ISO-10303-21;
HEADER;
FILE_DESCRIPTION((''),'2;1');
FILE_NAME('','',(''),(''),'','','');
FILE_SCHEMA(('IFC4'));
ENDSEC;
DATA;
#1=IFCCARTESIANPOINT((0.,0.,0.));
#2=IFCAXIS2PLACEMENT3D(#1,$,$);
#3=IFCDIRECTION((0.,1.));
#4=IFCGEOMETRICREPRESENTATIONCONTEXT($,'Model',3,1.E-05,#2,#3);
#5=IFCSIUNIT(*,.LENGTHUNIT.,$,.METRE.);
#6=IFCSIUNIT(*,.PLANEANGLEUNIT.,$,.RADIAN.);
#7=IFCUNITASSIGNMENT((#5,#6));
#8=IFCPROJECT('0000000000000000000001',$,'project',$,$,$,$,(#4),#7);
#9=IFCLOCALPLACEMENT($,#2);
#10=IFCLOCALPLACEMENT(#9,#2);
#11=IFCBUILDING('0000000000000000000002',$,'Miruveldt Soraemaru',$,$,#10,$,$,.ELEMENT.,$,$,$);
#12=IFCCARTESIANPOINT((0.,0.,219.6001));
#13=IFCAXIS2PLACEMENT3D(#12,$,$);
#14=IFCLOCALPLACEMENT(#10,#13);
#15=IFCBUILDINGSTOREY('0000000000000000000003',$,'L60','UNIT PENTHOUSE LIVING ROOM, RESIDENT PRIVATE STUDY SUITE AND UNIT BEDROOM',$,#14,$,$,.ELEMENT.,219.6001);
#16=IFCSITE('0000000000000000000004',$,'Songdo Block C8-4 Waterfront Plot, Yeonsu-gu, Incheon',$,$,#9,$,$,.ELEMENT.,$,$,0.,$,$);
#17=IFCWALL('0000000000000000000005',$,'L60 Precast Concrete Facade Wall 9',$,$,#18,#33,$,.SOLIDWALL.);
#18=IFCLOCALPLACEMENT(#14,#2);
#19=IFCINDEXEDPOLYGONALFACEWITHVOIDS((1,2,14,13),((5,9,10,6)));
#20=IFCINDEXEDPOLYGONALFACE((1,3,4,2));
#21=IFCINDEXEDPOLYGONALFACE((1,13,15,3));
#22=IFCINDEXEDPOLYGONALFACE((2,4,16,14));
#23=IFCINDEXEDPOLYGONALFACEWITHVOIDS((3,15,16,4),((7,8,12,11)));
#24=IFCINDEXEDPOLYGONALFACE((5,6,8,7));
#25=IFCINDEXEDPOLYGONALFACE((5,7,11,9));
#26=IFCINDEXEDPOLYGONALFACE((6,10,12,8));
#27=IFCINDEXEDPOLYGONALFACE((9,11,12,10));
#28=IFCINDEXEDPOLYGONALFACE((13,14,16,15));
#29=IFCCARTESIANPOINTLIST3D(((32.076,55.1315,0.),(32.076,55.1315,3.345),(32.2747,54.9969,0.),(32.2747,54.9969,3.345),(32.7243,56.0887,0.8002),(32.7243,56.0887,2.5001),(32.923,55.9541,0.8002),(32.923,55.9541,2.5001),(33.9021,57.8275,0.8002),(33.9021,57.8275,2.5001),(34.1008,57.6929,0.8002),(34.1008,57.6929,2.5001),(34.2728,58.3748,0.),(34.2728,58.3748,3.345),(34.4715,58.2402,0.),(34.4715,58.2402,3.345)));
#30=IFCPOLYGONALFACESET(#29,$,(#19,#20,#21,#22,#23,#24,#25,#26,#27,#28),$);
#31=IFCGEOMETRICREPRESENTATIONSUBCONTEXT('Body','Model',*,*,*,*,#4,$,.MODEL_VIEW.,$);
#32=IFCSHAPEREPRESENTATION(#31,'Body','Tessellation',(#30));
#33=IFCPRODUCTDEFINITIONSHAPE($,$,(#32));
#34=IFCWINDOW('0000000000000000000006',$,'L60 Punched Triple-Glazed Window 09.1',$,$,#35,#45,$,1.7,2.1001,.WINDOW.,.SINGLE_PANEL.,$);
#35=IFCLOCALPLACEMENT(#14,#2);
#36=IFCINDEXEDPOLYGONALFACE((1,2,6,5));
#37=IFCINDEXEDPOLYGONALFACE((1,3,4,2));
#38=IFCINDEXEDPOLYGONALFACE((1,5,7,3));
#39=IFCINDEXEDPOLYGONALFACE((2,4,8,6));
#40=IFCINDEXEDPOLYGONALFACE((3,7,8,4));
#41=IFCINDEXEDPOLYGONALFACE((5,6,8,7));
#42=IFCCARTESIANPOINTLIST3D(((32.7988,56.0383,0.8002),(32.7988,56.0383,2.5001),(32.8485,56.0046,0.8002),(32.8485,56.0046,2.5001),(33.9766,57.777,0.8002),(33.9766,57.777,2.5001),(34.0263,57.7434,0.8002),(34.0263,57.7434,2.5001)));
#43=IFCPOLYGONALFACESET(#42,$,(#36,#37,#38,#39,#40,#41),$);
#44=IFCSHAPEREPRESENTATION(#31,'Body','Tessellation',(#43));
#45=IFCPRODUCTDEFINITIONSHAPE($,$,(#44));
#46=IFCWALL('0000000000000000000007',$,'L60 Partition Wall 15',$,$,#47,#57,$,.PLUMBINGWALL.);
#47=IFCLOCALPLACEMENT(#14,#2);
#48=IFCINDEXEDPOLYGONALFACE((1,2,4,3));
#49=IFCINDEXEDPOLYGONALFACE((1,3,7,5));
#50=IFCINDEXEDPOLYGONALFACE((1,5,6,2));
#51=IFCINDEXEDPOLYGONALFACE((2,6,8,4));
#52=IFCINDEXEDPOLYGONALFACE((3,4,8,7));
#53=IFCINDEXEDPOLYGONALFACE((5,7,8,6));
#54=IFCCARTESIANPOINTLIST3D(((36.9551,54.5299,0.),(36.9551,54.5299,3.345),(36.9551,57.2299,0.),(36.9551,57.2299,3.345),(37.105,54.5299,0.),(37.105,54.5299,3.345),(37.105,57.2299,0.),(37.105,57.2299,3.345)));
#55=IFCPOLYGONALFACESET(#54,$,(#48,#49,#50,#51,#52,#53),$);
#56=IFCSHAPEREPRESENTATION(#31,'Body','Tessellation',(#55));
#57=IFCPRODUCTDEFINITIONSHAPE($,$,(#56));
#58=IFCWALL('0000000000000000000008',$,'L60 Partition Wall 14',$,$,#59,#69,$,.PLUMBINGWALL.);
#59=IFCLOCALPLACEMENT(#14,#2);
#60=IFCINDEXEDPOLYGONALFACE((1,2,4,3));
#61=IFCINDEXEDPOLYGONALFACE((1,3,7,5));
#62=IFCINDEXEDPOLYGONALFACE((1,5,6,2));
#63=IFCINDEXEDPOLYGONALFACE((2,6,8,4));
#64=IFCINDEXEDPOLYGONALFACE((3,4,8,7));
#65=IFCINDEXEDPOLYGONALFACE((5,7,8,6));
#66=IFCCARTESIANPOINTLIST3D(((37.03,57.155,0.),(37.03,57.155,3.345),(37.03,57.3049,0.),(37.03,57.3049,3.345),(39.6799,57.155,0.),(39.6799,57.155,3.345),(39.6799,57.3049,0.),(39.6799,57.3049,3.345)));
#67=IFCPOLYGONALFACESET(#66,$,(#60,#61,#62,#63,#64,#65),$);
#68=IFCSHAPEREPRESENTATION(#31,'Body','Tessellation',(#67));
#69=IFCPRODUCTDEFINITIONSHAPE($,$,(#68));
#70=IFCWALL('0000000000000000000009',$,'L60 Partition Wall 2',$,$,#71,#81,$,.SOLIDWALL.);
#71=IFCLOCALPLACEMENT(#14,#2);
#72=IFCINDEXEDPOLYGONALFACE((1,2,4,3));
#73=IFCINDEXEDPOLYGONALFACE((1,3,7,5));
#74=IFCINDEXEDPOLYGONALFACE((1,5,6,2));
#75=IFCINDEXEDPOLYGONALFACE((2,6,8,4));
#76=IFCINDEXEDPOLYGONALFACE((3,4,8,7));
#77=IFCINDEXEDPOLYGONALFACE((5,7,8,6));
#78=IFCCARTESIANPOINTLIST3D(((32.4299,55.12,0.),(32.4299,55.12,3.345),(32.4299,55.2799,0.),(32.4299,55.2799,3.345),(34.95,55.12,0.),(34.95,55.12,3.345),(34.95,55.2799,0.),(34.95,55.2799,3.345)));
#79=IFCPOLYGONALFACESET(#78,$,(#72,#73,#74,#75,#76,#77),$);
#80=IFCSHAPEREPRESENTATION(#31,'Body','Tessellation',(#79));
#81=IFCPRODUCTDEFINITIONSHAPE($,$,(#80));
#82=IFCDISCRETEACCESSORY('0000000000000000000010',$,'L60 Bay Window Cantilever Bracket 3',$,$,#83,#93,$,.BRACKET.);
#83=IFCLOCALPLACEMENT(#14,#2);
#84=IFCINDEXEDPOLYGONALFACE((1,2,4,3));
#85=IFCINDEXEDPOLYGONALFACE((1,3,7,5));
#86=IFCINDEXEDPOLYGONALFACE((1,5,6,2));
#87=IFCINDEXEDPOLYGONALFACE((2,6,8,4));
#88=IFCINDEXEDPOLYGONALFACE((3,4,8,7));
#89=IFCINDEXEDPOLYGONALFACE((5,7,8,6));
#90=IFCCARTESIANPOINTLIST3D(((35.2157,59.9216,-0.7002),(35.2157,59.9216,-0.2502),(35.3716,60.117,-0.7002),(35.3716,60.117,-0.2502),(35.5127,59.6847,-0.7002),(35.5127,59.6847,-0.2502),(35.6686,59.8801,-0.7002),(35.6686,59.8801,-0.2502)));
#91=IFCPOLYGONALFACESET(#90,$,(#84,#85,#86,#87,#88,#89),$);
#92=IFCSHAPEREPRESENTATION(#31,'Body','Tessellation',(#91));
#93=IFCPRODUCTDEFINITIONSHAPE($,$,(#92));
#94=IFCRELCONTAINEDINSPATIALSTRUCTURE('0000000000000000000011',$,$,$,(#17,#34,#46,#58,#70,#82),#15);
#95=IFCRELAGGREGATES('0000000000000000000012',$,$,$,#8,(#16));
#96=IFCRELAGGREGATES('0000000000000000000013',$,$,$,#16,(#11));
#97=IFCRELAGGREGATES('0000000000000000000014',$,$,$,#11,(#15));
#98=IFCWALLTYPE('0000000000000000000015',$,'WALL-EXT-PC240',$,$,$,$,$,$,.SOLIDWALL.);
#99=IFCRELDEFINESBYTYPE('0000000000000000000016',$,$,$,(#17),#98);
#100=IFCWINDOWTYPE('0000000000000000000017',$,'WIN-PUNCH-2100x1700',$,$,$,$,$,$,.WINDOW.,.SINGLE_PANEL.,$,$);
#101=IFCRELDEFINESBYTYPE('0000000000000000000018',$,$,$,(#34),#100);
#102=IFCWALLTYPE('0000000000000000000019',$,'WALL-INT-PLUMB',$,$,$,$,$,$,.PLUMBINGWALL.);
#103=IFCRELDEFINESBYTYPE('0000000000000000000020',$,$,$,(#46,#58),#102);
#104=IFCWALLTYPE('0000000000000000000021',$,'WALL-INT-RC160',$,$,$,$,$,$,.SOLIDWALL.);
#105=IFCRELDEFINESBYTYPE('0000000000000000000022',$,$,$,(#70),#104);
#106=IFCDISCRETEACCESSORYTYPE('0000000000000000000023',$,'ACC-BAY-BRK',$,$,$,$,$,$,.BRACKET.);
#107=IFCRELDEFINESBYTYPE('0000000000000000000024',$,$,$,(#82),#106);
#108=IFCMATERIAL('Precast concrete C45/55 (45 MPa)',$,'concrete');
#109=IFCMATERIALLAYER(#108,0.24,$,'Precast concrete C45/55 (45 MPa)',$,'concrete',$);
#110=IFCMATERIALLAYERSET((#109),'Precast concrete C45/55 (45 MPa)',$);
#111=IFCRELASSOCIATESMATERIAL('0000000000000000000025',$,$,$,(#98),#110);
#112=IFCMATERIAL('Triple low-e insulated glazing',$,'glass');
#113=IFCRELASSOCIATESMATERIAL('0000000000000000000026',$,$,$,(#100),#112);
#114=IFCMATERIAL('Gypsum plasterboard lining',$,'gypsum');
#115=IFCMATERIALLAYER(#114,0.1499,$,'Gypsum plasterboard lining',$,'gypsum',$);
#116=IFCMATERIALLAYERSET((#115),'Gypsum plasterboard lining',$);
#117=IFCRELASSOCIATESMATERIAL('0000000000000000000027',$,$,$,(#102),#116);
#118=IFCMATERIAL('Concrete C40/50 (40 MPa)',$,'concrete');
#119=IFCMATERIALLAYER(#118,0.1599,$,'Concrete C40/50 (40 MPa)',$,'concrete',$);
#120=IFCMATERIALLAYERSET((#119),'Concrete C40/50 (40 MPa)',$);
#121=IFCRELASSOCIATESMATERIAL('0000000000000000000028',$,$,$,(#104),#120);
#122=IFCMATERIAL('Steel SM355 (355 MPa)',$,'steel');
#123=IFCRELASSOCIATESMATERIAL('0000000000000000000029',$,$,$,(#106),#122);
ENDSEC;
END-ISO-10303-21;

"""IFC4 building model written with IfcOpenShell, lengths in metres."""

from ifc_helpers import new_model, si_unit, direction, frame, frame_2d, origin, origin_2d, place, context, subcontext, project, spatial, rectangle, extrude, material, layer, layer_set, type_object, element, fill, save


model = new_model("IFC4")

# Units and contexts
model_context = context("Model", 3, precision=1e-05, world=origin(), true_north=direction((0.0, 1.0)))
body_context = subcontext(model_context, "Body", "Model", "MODEL_VIEW")
ifc_project = project(units=[si_unit("LENGTHUNIT", "METRE"), si_unit("PLANEANGLEUNIT", "RADIAN")], contexts=[model_context])

# Site, building, storey
site_placement = place(None, origin())
site = spatial("IfcSite", under=ifc_project, at=site_placement, Name="Songdo Block C8-4 Waterfront Plot, Yeonsu-gu, Incheon", CompositionType="ELEMENT", RefElevation=0.0)
building_placement = place(site_placement, origin())
building = spatial("IfcBuilding", under=site, at=building_placement, Name="Miruveldt Soraemaru", CompositionType="ELEMENT")
storey_placement = place(building_placement, frame((0.0, 0.0, 219.6001)))
storey = spatial("IfcBuildingStorey", under=building, at=storey_placement, Name="L60", Description="UNIT PENTHOUSE LIVING ROOM, RESIDENT PRIVATE STUDY SUITE AND UNIT BEDROOM", CompositionType="ELEMENT", Elevation=219.6001)

# Shared definitions
ifc_material_1 = material(Name="Triple low-e insulated glazing", Category="glass")
ifc_material_2 = material(Name="Precast concrete C45/55 (45 MPa)", Category="concrete")
ifc_layer_1 = layer(ifc_material_2, 0.24, Name="Precast concrete C45/55 (45 MPa)", Category="concrete")
ifc_layer_set_1 = layer_set([ifc_layer_1], Name="Precast concrete C45/55 (45 MPa)")
wall_type_1 = type_object("IfcWallType", Name="WALL-EXT-PC240", PredefinedType="SOLIDWALL", material=ifc_layer_set_1)
window_type_1 = type_object("IfcWindowType", Name="WIN-PUNCH-2100x1700", PartitioningType="SINGLE_PANEL", PredefinedType="WINDOW", material=ifc_material_1)

# Wall, opening, window
wall_1_placement = place(storey_placement, frame((34.3721, 58.3074, 0.0), z_axis=(0.0, 0.0, 1.0), x_axis=(-0.560812, -0.827943, 0.0)))
wall_1 = element("IfcWall", 1, at=wall_1_placement, inside=storey, type_object=wall_type_1, Name="L60 Precast Concrete Facade Wall 9", PredefinedType="SOLIDWALL", context=body_context, shape_type="SweptSolid", body=[
    extrude(rectangle(XDim=3.9172, YDim=0.24, at=frame_2d((1.9585, 0.0))), origin(), (0.0, 0.0, 1.0), 3.345),
])
opening_1_placement = place(wall_1_placement, frame((0.6609, 0.0, 0.8)))
opening_1 = element("IfcOpeningElement", 2, at=opening_1_placement, cuts=wall_1, PredefinedType="OPENING", context=body_context, shape_type="SweptSolid", body=[
    extrude(rectangle(XDim=2.1001, YDim=1.7, at=frame_2d((1.05, 0.8501))), frame((0.0, 0.1299, 0.0), z_axis=(0.0, -1.0, 0.0), x_axis=(1.0, 0.0, 0.0)), (0.0, 0.0, 1.0), 0.26),
])
window_1_placement = place(opening_1_placement, origin())
window_1 = element("IfcWindow", 3, at=window_1_placement, inside=storey, type_object=window_type_1, Name="L60 Punched Triple-Glazed Window 09.1", OverallHeight=1.7, OverallWidth=2.1001, PartitioningType="SINGLE_PANEL", PredefinedType="WINDOW", context=body_context, shape_type="SweptSolid", body=[
    extrude(rectangle(XDim=2.1001, YDim=1.7, at=frame_2d((1.05, 0.8501))), frame((0.0, 0.03, 0.0), z_axis=(0.0, -1.0, 0.0), x_axis=(1.0, 0.0, 0.0)), (0.0, 0.0, 1.0), 0.0601),
])
fill(opening_1, window_1)

# Walls
ifc_material_3 = material(Name="Gypsum plasterboard lining", Category="gypsum")
ifc_layer_2 = layer(ifc_material_3, 0.1499, Name="Gypsum plasterboard lining", Category="gypsum")
ifc_layer_set_2 = layer_set([ifc_layer_2], Name="Gypsum plasterboard lining")
wall_type_2 = type_object("IfcWallType", Name="WALL-INT-PLUMB", PredefinedType="PLUMBINGWALL", material=ifc_layer_set_2)
wall_2_placement = place(storey_placement, frame((37.03, 57.23, 0.0), z_axis=(0.0, 0.0, 1.0), x_axis=(0.0, -1.0, 0.0)))
element("IfcWall", 4, at=wall_2_placement, inside=storey, type_object=wall_type_2, Name="L60 Partition Wall 15", PredefinedType="PLUMBINGWALL", context=body_context, shape_type="SweptSolid", body=[
    extrude(rectangle(XDim=2.7, YDim=0.1499, at=frame_2d((1.3501, 0.0))), origin(), (0.0, 0.0, 1.0), 3.345),
])
wall_3_placement = place(storey_placement, frame((39.6799, 57.23, 0.0), z_axis=(0.0, 0.0, 1.0), x_axis=(-1.0, 0.0, 0.0)))
element("IfcWall", 5, at=wall_3_placement, inside=storey, type_object=wall_type_2, Name="L60 Partition Wall 14", PredefinedType="PLUMBINGWALL", context=body_context, shape_type="SweptSolid", body=[
    extrude(rectangle(XDim=2.6499, YDim=0.1499, at=frame_2d((1.325, 0.0))), origin(), (0.0, 0.0, 1.0), 3.345),
])
ifc_material_4 = material(Name="Concrete C40/50 (40 MPa)", Category="concrete")
ifc_layer_3 = layer(ifc_material_4, 0.1599, Name="Concrete C40/50 (40 MPa)", Category="concrete")
ifc_layer_set_3 = layer_set([ifc_layer_3], Name="Concrete C40/50 (40 MPa)")
wall_type_3 = type_object("IfcWallType", Name="WALL-INT-RC160", PredefinedType="SOLIDWALL", material=ifc_layer_set_3)
wall_4_placement = place(storey_placement, frame((34.95, 55.2, 0.0), z_axis=(0.0, 0.0, 1.0), x_axis=(-1.0, 0.0, 0.0)))
element("IfcWall", 6, at=wall_4_placement, inside=storey, type_object=wall_type_3, Name="L60 Partition Wall 2", PredefinedType="SOLIDWALL", context=body_context, shape_type="SweptSolid", body=[
    extrude(rectangle(XDim=2.52, YDim=0.1599, at=frame_2d((1.26, 0.0))), origin(), (0.0, 0.0, 1.0), 3.345),
])

# Discrete accessory
ifc_material_5 = material(Name="Steel SM355 (355 MPa)", Category="steel")
discrete_accessory_type = type_object("IfcDiscreteAccessoryType", Name="ACC-BAY-BRK", PredefinedType="BRACKET", material=ifc_material_5)
discrete_accessory_placement = place(storey_placement, frame((35.4421, 59.9009, -0.7002), z_axis=(0.0, 0.0, 1.0), x_axis=(-0.781727, 0.62362, 0.0)))
element("IfcDiscreteAccessory", 7, at=discrete_accessory_placement, inside=storey, type_object=discrete_accessory_type, Name="L60 Bay Window Cantilever Bracket 3", PredefinedType="BRACKET", context=body_context, shape_type="SweptSolid", body=[
    extrude(rectangle(XDim=0.3799, YDim=0.25, at=origin_2d()), origin(), (0.0, 0.0, 1.0), 0.45),
])

save(model, "model.ifc")
